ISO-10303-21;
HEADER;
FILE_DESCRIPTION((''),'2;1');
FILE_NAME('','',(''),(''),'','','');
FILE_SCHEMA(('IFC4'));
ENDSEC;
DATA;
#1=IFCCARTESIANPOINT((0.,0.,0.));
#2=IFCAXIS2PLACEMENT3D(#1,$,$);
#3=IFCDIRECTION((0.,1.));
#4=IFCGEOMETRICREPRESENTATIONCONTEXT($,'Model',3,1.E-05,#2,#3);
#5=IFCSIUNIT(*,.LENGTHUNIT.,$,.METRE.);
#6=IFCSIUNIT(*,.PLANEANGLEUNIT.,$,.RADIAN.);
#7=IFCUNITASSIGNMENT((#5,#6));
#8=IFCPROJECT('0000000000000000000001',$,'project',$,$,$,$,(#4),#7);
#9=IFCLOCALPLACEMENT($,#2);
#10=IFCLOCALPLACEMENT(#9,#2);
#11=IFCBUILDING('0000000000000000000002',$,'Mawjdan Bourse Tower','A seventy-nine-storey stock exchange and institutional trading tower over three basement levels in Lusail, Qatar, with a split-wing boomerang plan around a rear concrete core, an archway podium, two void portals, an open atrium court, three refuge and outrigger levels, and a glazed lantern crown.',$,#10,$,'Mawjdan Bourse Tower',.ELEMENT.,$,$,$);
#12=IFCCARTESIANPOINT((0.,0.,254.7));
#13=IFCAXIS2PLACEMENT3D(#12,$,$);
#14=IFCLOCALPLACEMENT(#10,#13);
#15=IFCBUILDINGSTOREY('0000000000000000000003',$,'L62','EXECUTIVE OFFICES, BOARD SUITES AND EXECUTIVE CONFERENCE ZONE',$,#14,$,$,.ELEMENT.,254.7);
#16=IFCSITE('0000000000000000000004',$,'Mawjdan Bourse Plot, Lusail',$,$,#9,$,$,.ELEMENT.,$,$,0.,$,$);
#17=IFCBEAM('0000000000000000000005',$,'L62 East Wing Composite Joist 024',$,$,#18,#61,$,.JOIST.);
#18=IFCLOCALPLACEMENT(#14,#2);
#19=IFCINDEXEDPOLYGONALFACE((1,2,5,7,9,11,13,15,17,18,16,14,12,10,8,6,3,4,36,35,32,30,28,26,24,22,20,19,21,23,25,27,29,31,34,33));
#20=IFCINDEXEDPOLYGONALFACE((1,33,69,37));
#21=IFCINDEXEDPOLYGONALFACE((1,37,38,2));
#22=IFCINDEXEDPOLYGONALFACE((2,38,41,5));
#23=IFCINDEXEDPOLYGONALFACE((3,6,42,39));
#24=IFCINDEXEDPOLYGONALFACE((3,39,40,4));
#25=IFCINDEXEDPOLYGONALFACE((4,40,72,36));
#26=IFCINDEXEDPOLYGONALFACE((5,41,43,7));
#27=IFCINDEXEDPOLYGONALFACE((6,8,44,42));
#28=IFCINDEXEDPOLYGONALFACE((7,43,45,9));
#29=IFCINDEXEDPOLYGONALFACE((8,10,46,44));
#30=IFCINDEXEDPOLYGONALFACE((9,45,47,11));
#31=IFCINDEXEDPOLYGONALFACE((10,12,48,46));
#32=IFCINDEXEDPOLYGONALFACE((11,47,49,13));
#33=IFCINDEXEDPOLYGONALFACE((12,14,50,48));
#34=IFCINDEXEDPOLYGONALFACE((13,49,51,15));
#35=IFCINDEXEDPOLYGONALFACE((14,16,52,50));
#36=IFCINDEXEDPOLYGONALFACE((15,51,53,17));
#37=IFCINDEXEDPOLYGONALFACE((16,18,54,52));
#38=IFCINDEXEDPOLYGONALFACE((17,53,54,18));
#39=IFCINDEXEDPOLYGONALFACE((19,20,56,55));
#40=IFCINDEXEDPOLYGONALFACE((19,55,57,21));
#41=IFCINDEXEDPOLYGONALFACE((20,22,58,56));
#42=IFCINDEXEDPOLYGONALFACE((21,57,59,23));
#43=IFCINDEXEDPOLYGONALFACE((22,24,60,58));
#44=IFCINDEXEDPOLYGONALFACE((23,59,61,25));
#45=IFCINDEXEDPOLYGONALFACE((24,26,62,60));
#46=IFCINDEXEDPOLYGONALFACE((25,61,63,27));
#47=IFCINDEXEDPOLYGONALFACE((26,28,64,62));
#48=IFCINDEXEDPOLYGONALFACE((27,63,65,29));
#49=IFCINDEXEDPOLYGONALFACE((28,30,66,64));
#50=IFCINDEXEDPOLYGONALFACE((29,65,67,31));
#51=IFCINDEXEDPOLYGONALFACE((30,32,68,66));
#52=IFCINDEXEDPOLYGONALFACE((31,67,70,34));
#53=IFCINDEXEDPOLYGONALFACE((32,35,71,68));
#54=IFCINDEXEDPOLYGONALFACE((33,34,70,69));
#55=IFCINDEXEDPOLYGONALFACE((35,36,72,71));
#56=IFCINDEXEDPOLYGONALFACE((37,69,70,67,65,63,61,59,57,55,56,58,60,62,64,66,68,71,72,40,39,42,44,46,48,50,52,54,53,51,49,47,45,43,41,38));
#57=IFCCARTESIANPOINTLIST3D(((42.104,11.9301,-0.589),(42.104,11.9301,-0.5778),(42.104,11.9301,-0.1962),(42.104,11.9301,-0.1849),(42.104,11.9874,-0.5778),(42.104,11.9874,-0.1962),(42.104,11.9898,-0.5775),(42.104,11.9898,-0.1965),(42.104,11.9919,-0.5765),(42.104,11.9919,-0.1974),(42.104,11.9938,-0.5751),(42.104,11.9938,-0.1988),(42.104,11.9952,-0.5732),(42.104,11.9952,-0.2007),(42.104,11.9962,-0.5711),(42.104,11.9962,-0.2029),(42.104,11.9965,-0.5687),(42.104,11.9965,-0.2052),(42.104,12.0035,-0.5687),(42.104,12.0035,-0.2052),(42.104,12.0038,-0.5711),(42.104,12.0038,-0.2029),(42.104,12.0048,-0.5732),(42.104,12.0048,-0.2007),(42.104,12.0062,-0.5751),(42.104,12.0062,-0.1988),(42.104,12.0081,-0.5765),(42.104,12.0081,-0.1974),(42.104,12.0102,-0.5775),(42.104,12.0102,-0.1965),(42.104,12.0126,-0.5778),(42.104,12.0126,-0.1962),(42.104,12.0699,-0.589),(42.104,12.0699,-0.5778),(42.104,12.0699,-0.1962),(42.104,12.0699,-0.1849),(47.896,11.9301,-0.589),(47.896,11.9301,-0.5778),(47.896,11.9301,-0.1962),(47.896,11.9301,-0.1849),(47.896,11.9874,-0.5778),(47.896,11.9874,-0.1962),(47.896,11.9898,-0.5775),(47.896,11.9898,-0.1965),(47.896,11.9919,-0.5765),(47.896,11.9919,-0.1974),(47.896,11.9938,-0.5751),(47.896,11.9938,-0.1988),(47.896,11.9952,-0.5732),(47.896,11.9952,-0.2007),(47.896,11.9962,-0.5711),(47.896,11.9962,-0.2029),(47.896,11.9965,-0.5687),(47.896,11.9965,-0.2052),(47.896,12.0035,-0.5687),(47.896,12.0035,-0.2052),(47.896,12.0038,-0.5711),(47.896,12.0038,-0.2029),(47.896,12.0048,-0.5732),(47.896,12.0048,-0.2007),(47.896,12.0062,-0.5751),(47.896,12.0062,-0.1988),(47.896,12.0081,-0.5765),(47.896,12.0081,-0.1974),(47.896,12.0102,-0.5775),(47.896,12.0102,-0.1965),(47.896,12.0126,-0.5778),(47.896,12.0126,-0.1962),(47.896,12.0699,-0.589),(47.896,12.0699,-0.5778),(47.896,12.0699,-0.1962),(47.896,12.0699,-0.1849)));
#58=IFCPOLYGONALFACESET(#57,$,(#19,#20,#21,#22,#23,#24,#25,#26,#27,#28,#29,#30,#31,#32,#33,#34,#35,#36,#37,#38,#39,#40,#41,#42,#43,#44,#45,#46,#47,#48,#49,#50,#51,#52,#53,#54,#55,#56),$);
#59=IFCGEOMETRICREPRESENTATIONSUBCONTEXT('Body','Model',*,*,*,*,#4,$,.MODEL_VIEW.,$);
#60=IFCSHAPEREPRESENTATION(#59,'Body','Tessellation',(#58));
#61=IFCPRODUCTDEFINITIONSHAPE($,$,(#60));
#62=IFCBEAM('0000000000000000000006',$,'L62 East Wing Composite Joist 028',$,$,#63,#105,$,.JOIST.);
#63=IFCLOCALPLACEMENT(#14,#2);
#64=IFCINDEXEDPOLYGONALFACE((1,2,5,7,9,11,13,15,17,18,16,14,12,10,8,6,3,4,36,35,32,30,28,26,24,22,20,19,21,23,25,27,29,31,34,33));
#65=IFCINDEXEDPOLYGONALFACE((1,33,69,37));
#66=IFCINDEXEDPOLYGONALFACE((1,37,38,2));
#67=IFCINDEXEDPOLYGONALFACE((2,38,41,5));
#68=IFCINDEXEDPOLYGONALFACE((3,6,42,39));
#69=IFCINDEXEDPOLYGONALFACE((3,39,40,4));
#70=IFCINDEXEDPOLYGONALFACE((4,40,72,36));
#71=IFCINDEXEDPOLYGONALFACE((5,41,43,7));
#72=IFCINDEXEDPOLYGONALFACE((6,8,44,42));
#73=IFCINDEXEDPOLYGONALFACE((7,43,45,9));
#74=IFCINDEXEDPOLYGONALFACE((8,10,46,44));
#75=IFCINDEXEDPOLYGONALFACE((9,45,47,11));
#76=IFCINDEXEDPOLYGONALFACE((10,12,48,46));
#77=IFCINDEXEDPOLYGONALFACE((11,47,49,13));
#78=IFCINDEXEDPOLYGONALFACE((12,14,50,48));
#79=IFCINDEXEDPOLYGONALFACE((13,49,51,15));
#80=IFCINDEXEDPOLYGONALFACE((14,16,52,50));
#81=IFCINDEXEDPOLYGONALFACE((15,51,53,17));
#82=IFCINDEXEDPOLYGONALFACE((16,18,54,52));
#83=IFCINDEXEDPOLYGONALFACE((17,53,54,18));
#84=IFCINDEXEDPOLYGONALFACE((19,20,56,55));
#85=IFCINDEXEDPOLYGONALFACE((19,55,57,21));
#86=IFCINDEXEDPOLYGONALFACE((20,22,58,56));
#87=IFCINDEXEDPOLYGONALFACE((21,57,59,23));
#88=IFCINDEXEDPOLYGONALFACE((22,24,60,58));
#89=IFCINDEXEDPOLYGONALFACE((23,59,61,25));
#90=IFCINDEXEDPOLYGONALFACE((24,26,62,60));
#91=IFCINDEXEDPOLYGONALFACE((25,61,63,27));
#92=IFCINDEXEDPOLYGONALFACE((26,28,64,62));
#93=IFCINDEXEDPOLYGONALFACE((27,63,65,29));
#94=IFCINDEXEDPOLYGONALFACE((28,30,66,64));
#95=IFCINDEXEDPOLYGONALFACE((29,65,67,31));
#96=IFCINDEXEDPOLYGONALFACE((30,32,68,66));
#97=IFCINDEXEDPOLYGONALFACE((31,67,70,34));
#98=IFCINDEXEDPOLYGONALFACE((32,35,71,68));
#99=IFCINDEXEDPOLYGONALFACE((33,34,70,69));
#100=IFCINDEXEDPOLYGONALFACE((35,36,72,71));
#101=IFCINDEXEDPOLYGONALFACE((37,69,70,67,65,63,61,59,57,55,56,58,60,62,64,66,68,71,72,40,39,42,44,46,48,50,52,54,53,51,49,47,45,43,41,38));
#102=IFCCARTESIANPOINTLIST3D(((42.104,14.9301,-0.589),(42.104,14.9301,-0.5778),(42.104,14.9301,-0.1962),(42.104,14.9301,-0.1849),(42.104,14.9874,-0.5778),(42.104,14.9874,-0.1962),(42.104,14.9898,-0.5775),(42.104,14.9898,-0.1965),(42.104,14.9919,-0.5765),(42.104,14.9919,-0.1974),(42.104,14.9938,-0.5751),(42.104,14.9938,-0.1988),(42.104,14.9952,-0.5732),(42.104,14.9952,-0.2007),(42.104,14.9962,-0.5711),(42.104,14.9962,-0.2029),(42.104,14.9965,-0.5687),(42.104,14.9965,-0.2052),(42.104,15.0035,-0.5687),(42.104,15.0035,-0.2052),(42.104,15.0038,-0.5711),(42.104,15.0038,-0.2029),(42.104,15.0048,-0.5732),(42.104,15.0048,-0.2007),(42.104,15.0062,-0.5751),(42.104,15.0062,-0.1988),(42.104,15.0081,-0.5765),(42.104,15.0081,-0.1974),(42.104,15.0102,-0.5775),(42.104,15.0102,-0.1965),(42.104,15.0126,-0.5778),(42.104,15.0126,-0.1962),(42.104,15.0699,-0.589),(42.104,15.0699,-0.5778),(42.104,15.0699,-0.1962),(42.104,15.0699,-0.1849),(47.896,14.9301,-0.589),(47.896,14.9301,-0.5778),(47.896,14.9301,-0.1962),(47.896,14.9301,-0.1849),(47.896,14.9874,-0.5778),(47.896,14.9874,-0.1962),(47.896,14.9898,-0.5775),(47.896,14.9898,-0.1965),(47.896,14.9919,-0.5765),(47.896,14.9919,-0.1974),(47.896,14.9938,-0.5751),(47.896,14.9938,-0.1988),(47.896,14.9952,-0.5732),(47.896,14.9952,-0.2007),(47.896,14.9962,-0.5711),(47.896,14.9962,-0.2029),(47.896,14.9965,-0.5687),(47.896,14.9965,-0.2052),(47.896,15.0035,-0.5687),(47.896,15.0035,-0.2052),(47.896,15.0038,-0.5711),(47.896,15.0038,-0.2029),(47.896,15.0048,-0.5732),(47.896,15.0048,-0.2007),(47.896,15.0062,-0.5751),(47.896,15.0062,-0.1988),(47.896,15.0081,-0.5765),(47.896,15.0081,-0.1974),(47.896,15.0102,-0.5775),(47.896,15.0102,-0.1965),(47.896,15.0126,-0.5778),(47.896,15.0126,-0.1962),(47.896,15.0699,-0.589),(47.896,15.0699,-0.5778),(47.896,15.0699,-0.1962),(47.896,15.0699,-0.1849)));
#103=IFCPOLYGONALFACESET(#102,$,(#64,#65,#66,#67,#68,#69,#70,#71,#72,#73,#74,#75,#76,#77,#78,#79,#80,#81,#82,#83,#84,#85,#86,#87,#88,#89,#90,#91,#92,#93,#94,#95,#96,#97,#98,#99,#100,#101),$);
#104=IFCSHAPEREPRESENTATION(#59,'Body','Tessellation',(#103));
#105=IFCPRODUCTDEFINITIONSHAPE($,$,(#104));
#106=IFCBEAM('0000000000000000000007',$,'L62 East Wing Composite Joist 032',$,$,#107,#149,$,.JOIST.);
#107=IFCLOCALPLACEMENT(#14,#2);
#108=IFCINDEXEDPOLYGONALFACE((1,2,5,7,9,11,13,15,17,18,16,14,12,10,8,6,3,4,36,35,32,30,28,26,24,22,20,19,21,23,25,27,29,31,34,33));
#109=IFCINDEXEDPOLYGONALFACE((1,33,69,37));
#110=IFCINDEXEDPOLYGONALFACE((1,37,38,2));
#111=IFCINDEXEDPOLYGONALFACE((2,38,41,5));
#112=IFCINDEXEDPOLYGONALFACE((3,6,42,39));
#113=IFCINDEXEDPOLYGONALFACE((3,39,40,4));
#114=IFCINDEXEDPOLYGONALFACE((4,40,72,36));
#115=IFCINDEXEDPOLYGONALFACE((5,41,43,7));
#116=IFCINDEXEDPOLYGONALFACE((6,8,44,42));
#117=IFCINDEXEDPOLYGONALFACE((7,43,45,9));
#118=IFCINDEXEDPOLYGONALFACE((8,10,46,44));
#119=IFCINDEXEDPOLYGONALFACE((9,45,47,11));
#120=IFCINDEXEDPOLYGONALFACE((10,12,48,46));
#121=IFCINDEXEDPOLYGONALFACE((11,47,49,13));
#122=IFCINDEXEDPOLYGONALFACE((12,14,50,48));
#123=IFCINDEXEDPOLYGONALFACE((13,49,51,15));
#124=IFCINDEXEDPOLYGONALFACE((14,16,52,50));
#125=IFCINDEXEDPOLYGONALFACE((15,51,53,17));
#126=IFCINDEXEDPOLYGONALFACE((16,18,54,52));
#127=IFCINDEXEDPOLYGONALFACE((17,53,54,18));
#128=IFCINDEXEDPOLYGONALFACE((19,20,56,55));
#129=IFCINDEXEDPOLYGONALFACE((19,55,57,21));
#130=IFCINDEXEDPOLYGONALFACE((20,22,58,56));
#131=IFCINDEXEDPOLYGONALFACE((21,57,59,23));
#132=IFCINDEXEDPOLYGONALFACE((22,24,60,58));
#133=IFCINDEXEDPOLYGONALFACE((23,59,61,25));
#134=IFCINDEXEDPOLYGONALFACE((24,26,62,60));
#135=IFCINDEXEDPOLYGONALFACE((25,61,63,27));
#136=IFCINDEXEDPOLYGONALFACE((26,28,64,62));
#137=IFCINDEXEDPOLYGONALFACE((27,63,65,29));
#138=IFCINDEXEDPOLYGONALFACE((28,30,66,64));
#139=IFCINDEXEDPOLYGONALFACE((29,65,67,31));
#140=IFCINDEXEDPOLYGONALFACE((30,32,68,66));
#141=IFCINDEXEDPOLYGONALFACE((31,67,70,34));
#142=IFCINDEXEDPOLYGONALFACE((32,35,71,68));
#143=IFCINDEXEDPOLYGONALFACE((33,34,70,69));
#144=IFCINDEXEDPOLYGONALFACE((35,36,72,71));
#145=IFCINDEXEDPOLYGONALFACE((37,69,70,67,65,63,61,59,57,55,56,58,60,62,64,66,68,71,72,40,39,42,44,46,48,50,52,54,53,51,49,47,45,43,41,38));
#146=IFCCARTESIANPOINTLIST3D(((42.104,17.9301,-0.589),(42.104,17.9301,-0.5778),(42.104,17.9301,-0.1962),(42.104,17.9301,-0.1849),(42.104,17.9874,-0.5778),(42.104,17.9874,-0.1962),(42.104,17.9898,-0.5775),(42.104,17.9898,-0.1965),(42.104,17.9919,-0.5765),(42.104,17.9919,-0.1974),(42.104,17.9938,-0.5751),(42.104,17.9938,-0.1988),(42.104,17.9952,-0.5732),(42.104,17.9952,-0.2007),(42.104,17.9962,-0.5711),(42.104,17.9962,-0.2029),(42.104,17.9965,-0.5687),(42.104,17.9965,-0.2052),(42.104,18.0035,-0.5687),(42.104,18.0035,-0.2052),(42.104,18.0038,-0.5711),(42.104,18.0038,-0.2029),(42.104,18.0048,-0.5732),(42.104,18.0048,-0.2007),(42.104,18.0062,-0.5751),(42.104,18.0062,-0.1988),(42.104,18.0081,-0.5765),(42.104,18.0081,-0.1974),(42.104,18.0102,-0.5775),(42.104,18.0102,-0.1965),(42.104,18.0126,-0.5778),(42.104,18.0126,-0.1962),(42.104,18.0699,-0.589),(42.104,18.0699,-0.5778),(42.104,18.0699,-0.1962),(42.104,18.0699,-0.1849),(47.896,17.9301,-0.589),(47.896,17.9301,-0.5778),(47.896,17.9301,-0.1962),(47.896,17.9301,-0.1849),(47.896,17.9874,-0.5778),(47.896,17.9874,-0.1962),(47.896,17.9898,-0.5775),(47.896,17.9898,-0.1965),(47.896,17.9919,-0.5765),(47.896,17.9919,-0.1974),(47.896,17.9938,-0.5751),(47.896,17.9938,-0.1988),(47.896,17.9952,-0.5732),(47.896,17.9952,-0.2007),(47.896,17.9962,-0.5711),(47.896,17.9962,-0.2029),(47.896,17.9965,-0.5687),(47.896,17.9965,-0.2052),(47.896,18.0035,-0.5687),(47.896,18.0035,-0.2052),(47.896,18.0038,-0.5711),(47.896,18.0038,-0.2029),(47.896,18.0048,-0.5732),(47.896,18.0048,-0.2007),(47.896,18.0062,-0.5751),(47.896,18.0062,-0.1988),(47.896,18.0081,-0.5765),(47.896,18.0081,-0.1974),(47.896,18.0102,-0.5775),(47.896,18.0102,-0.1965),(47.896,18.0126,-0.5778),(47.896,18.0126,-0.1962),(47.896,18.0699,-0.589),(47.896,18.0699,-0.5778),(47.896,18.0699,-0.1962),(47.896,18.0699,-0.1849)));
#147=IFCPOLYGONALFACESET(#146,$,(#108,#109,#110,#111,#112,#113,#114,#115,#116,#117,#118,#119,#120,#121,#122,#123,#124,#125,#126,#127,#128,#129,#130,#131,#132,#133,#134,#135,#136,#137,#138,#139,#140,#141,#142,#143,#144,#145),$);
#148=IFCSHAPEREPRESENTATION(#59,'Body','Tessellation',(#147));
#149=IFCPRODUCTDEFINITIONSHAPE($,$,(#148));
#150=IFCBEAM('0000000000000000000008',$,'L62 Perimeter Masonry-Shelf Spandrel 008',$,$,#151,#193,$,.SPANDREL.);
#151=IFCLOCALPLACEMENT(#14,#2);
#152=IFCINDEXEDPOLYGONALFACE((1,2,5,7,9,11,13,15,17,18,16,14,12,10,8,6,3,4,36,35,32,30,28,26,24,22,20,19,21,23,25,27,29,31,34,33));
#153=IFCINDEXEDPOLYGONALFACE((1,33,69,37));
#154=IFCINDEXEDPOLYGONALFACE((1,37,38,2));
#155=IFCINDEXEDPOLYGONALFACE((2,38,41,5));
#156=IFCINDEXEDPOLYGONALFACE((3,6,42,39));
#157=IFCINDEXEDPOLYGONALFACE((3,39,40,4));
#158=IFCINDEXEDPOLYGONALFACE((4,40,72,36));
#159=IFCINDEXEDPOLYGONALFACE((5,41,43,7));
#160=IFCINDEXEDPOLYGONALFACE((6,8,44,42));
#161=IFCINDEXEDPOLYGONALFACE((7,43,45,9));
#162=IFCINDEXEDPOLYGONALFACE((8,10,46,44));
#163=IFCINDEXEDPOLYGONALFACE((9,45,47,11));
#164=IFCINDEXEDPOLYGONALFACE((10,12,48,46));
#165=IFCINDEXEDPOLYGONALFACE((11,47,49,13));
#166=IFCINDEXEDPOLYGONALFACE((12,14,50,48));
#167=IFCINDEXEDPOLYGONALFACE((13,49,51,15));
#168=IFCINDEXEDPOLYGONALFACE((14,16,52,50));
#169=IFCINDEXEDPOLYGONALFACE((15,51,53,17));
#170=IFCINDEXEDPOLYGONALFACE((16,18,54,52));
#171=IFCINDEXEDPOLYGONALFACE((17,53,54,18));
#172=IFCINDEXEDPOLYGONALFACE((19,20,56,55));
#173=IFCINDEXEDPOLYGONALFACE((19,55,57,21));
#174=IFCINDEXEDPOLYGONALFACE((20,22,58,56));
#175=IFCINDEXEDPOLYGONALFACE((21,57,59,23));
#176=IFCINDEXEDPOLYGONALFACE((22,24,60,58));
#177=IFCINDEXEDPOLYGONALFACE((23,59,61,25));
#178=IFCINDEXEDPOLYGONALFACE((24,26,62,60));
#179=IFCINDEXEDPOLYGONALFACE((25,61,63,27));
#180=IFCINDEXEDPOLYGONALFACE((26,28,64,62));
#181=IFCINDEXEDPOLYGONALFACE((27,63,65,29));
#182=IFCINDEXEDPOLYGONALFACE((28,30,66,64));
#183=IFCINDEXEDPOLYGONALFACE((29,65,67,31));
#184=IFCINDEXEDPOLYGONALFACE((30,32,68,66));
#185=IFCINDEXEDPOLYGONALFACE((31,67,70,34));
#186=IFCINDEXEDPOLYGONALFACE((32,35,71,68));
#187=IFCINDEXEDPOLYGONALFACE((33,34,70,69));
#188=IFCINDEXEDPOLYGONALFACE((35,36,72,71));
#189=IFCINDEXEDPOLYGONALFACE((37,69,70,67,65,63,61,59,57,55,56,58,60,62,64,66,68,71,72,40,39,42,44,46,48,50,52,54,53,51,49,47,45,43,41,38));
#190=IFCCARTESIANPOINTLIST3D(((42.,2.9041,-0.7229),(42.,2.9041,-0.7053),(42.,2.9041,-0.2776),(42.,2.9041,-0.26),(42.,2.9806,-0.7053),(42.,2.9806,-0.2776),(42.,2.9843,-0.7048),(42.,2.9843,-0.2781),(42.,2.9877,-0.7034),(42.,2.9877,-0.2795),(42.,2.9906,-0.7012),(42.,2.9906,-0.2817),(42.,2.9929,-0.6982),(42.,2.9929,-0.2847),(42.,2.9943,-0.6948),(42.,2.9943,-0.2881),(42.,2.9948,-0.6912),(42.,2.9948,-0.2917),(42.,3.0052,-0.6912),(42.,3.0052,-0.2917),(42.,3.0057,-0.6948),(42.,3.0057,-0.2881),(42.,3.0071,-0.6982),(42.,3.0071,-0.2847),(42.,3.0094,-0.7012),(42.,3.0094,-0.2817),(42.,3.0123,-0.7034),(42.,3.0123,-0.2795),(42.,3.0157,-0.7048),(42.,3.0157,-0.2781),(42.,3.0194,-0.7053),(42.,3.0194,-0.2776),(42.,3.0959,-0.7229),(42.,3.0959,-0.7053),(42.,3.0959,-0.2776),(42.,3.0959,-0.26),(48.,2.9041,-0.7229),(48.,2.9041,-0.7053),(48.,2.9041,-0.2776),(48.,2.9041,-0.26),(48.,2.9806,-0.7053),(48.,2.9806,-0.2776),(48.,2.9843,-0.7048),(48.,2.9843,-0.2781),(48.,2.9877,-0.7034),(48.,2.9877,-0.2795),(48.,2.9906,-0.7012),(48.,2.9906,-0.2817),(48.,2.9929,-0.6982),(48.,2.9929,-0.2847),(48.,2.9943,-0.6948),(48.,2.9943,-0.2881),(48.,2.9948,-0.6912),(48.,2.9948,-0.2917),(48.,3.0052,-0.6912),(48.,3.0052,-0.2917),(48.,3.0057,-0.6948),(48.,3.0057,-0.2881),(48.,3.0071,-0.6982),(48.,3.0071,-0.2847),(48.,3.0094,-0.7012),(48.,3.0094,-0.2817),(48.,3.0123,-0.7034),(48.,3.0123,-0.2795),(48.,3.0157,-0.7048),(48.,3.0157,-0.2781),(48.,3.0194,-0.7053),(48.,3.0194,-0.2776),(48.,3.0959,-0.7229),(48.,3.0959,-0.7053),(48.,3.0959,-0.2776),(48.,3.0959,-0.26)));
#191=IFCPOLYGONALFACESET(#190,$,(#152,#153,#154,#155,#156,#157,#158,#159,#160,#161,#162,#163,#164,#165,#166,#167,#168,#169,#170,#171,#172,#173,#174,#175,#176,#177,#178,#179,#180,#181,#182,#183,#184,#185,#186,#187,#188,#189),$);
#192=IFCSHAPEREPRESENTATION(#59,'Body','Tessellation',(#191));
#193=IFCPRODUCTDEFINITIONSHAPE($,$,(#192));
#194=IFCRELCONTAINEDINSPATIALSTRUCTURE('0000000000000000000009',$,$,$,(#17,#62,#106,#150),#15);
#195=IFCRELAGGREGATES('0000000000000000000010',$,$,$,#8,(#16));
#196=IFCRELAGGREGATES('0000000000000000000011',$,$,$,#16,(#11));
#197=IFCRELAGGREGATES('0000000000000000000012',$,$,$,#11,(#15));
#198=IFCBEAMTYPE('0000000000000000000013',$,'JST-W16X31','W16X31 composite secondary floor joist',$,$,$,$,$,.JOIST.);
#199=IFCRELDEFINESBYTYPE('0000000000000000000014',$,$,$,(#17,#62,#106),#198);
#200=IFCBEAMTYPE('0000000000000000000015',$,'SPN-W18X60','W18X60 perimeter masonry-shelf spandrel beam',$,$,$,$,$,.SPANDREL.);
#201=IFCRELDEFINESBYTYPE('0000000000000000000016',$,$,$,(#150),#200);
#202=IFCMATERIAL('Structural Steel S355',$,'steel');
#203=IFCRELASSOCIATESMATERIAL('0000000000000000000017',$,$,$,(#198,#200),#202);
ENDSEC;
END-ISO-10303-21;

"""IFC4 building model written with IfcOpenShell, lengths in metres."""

from ifc_helpers import new_model, si_unit, direction, frame, origin, origin_2d, place, context, subcontext, project, spatial, i_section, extrude, material, material_profile, profile_set, type_object, element, save


model = new_model("IFC4")

# Units and contexts
model_context = context("Model", 3, precision=1e-05, world=origin(), true_north=direction((0.0, 1.0)))
body_context = subcontext(model_context, "Body", "Model", "MODEL_VIEW")
ifc_project = project(units=[si_unit("LENGTHUNIT", "METRE"), si_unit("PLANEANGLEUNIT", "RADIAN")], contexts=[model_context])

# Site, building, storey
site_placement = place(None, origin())
site = spatial("IfcSite", under=ifc_project, at=site_placement, Name="Mawjdan Bourse Plot, Lusail", CompositionType="ELEMENT", RefElevation=0.0)
building_placement = place(site_placement, origin())
building = spatial("IfcBuilding", under=site, at=building_placement, Name="Mawjdan Bourse Tower", Description="A seventy-nine-storey stock exchange and institutional trading tower over three basement levels in Lusail, Qatar, with a split-wing boomerang plan around a rear concrete core, an archway podium, two void portals, an open atrium court, three refuge and outrigger levels, and a glazed lantern crown.", LongName="Mawjdan Bourse Tower", CompositionType="ELEMENT")
storey_placement = place(building_placement, frame((0.0, 0.0, 254.7)))
storey = spatial("IfcBuildingStorey", under=building, at=storey_placement, Name="L62", Description="EXECUTIVE OFFICES, BOARD SUITES AND EXECUTIVE CONFERENCE ZONE", CompositionType="ELEMENT", Elevation=254.7)

# Beams
ifc_material_1 = material(Name="Structural Steel S355", Category="steel")
ifc_material_profile_1 = material_profile(ifc_material_1, i_section(OverallWidth=0.1399, OverallDepth=0.4041, WebThickness=0.0071, FlangeThickness=0.0112, FilletRadius=0.009, at=origin_2d()), Name="W16X31")
ifc_profile_set_1 = profile_set([ifc_material_profile_1], Name="Structural Steel S355")
beam_type_1 = type_object("IfcBeamType", Name="JST-W16X31", Description="W16X31 composite secondary floor joist", PredefinedType="JOIST", material=ifc_profile_set_1)
for number, where, z_axis, x_axis, name in (
    (1, (42.104, 12.0, -0.387), (1.0, 0.0, 0.0), (0.0, 1.0, 0.0), "L62 East Wing Composite Joist 024"),
    (2, (42.104, 15.0, -0.387), (1.0, 0.0, 0.0), (0.0, 1.0, 0.0), "L62 East Wing Composite Joist 028"),
    (3, (42.104, 18.0, -0.387), (1.0, 0.0, 0.0), (0.0, 1.0, 0.0), "L62 East Wing Composite Joist 032"),
):
    element("IfcBeam", number, at=place(storey_placement, frame(where, z_axis=z_axis, x_axis=x_axis)), inside=storey, type_object=beam_type_1, Name=name, PredefinedType="JOIST", context=body_context, shape_type="SweptSolid", body=[
        extrude(i_section(OverallWidth=0.1399, OverallDepth=0.4041, WebThickness=0.0071, FlangeThickness=0.0112, FilletRadius=0.009, at=origin_2d()), origin(), (0.0, 0.0, 1.0), 5.792),
    ])
ifc_material_profile_2 = material_profile(ifc_material_1, i_section(OverallWidth=0.1919, OverallDepth=0.4629, WebThickness=0.0105, FlangeThickness=0.0176, FilletRadius=0.0142, at=origin_2d()), Name="W18X60")
ifc_profile_set_2 = profile_set([ifc_material_profile_2], Name="Structural Steel S355")
beam_type_2 = type_object("IfcBeamType", Name="SPN-W18X60", Description="W18X60 perimeter masonry-shelf spandrel beam", PredefinedType="SPANDREL", material=ifc_profile_set_2)
for number, where, z_axis, x_axis, name in (
    (4, (42.0, 3.0, -0.4915), (1.0, 0.0, 0.0), (0.0, 1.0, 0.0), "L62 Perimeter Masonry-Shelf Spandrel 008"),
):
    element("IfcBeam", number, at=place(storey_placement, frame(where, z_axis=z_axis, x_axis=x_axis)), inside=storey, type_object=beam_type_2, Name=name, PredefinedType="SPANDREL", context=body_context, shape_type="SweptSolid", body=[
        extrude(i_section(OverallWidth=0.1919, OverallDepth=0.4629, WebThickness=0.0105, FlangeThickness=0.0176, FilletRadius=0.0142, at=origin_2d()), origin(), (0.0, 0.0, 1.0), 6.0),
    ])

save(model, "model.ifc")
